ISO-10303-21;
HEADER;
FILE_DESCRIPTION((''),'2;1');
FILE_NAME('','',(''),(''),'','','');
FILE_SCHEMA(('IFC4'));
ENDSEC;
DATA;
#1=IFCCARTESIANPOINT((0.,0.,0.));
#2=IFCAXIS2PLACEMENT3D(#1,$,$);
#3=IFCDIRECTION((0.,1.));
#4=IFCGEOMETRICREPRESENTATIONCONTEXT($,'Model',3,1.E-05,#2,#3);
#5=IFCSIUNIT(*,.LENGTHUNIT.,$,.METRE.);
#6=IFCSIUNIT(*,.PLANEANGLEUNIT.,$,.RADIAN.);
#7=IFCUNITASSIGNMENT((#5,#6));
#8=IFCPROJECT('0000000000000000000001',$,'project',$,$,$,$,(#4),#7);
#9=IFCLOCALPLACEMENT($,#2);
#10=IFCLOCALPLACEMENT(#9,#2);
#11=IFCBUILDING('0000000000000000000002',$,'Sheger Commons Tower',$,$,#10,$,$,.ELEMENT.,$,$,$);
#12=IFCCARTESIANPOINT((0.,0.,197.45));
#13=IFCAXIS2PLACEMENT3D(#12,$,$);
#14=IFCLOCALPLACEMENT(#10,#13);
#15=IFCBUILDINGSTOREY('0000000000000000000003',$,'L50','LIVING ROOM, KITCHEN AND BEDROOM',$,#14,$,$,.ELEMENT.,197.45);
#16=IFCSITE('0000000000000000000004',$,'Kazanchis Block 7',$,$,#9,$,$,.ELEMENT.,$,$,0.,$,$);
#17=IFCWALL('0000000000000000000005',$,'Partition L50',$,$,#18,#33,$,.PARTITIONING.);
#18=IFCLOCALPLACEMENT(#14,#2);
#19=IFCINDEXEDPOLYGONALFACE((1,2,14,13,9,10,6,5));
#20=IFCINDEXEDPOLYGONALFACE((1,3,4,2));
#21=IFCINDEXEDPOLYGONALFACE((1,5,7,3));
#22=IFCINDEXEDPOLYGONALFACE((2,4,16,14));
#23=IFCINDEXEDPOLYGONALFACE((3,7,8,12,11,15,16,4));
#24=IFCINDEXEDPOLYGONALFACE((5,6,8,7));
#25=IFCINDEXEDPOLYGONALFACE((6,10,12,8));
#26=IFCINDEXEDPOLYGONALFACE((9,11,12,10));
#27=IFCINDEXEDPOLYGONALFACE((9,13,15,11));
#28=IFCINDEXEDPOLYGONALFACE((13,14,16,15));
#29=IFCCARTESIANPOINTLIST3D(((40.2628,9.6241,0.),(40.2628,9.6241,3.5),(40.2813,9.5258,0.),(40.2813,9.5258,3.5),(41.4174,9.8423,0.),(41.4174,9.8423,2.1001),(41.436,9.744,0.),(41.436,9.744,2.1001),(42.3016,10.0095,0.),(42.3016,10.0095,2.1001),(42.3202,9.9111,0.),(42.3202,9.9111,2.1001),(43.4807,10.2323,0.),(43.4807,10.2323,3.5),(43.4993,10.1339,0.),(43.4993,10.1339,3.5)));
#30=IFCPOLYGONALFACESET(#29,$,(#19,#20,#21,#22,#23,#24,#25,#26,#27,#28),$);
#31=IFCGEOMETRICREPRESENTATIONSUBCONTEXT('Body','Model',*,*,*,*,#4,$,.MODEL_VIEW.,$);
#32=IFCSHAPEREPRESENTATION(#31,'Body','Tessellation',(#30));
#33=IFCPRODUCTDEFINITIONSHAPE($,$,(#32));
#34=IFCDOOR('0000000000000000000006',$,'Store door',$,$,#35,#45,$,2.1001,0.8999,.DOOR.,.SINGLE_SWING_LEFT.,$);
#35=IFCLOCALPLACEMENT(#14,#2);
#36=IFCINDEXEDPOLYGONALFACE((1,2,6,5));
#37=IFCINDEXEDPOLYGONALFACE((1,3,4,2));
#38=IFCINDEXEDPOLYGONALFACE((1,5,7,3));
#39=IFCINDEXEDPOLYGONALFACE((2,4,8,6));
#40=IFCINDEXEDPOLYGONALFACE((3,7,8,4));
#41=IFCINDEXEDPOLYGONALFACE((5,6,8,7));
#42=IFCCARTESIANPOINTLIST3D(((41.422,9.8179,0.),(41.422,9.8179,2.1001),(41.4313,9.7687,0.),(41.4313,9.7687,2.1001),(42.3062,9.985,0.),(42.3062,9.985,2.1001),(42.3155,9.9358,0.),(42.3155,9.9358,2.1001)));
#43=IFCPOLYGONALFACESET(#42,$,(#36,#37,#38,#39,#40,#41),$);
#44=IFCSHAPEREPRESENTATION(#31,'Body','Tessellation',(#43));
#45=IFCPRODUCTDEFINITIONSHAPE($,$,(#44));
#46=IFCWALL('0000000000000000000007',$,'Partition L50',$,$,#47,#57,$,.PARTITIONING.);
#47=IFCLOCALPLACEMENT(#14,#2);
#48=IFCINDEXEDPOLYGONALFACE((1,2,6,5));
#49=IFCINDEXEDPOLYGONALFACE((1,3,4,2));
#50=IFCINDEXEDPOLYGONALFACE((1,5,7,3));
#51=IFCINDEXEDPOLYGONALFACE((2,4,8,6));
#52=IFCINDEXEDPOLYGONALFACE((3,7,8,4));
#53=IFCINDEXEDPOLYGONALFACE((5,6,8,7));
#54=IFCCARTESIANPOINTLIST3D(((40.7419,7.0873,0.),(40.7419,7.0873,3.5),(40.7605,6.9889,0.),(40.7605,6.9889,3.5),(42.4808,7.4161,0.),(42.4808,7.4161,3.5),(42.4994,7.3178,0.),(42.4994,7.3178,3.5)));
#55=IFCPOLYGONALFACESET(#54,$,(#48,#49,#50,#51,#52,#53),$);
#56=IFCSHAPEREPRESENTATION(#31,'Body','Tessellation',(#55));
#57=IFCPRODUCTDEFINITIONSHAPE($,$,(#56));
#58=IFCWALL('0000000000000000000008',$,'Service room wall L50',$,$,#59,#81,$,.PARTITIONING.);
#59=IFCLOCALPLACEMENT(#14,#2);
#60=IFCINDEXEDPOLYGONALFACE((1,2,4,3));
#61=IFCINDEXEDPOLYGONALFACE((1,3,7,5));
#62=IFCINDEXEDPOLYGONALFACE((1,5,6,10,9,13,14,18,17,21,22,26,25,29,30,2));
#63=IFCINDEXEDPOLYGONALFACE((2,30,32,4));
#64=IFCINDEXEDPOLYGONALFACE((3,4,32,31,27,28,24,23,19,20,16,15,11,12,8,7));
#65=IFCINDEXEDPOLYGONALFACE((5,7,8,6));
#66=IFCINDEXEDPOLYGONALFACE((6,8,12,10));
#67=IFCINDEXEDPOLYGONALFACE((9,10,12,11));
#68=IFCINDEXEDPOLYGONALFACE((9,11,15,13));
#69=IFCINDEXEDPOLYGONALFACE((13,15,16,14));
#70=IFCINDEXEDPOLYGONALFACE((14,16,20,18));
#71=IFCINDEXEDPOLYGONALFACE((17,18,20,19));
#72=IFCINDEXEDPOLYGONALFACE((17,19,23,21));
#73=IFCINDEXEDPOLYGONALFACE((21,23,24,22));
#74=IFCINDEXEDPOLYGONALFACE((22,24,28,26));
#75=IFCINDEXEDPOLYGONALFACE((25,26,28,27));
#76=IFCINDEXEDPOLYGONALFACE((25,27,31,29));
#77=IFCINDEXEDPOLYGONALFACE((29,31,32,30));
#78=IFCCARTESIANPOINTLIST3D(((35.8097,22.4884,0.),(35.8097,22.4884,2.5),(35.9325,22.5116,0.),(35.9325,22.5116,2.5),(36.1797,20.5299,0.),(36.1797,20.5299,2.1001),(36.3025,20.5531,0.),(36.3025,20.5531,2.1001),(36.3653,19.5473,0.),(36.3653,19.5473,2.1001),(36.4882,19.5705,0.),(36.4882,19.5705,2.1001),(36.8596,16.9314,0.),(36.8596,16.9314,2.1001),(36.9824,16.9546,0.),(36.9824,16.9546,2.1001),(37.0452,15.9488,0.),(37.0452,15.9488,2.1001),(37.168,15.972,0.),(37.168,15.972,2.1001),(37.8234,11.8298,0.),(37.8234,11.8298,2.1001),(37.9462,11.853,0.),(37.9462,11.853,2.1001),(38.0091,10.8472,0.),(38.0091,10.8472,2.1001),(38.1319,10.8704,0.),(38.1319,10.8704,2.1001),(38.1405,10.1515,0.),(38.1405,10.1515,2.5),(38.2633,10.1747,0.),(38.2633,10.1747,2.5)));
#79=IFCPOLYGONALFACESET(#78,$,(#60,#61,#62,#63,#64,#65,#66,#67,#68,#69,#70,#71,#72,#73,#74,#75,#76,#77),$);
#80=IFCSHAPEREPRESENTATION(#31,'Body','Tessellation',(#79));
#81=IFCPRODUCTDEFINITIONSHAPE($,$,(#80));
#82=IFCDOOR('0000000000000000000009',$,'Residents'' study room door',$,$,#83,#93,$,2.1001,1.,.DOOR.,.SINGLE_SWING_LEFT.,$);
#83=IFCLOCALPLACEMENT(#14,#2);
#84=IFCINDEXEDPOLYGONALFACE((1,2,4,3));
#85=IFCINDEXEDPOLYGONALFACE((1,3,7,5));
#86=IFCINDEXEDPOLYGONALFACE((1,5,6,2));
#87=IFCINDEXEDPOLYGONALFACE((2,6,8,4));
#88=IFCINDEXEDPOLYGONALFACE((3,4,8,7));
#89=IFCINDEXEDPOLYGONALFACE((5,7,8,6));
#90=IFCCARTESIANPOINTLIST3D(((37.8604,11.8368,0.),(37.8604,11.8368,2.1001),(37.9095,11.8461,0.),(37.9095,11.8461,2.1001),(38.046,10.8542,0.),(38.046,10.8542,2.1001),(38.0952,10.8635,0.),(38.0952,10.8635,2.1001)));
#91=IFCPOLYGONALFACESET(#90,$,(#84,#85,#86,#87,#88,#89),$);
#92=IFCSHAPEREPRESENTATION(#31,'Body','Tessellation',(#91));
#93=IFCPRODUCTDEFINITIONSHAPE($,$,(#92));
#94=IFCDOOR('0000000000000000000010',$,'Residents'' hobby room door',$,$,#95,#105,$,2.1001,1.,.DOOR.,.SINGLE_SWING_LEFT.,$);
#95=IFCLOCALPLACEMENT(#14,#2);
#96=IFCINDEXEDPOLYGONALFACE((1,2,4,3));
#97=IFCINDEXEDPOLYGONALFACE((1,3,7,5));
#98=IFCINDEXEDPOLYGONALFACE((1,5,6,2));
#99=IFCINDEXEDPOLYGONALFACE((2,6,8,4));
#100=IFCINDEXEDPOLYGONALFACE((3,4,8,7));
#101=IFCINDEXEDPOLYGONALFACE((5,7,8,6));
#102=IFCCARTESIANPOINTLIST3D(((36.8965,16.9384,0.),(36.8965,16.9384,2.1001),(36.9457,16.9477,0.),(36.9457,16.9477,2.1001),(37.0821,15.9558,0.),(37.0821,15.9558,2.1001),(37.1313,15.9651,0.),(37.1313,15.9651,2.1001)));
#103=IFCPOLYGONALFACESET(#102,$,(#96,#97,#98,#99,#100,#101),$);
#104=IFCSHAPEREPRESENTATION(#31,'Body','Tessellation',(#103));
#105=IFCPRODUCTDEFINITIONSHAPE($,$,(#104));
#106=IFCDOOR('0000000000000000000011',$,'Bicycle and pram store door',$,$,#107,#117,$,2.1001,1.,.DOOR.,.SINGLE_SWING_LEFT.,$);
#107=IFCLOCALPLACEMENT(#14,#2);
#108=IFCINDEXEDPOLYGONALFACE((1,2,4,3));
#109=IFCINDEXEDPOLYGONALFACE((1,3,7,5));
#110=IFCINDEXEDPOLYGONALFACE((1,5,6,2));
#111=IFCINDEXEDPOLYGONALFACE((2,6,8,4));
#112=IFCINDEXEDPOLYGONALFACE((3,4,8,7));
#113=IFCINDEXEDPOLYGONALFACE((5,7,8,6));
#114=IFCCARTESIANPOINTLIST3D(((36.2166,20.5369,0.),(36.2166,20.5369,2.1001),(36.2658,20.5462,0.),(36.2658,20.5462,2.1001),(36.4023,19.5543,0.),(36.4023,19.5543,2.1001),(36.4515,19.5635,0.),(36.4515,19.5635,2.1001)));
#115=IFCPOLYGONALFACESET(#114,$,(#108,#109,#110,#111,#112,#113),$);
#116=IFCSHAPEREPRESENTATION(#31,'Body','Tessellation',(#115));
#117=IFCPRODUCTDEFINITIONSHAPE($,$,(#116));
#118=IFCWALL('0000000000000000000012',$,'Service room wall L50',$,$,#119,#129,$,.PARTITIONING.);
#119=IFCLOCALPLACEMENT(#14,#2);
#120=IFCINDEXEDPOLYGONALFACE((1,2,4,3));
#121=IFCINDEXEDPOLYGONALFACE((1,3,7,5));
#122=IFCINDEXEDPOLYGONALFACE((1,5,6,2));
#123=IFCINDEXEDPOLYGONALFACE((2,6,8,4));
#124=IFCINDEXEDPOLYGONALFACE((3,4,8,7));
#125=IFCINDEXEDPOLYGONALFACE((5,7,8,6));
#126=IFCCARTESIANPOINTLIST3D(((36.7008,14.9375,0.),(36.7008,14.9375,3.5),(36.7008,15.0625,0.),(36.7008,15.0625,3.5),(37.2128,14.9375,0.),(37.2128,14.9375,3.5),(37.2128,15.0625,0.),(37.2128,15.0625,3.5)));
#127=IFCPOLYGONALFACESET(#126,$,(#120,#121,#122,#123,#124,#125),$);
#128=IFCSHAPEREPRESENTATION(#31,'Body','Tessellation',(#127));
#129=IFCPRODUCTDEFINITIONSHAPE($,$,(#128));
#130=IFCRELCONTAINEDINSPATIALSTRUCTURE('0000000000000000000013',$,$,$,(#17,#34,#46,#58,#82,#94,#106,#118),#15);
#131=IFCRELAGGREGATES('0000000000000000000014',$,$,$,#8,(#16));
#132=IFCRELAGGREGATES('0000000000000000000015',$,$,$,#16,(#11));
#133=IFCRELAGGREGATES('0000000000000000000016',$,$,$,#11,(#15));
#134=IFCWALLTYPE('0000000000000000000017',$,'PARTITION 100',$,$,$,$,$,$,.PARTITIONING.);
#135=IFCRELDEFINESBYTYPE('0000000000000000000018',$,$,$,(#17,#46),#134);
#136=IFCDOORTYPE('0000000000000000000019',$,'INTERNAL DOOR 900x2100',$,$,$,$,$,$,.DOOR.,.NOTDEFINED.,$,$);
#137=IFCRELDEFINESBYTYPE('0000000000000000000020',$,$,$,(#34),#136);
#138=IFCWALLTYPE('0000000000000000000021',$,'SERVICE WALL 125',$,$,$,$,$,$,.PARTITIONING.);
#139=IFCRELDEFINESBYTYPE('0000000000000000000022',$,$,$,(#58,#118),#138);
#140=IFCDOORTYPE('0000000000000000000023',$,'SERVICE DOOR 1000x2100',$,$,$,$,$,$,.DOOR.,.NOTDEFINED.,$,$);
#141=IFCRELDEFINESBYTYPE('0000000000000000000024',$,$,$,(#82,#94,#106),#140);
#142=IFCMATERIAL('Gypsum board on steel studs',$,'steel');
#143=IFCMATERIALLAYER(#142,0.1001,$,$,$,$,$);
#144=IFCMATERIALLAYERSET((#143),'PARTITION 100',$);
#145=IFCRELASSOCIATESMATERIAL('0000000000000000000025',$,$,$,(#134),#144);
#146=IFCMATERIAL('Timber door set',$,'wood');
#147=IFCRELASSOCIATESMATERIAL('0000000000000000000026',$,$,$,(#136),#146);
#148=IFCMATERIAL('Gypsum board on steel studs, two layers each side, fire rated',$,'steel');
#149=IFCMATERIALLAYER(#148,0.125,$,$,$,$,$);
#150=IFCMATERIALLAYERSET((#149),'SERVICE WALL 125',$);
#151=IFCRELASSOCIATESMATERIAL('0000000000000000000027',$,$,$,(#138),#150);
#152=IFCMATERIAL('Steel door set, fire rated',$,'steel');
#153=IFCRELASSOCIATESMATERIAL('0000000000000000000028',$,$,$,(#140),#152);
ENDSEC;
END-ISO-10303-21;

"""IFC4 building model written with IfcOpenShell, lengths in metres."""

from ifc_helpers import new_model, si_unit, direction, frame, frame_2d, origin, place, context, subcontext, project, spatial, rectangle, extrude, material, layer, layer_set, type_object, element, fill, save


model = new_model("IFC4")

# Units and contexts
model_context = context("Model", 3, precision=1e-05, world=origin(), true_north=direction((0.0, 1.0)))
body_context = subcontext(model_context, "Body", "Model", "MODEL_VIEW")
ifc_project = project(units=[si_unit("LENGTHUNIT", "METRE"), si_unit("PLANEANGLEUNIT", "RADIAN")], contexts=[model_context])

# Site, building, storey
site_placement = place(None, origin())
site = spatial("IfcSite", under=ifc_project, at=site_placement, Name="Kazanchis Block 7", CompositionType="ELEMENT", RefElevation=0.0)
building_placement = place(site_placement, origin())
building = spatial("IfcBuilding", under=site, at=building_placement, Name="Sheger Commons Tower", CompositionType="ELEMENT")
storey_placement = place(building_placement, frame((0.0, 0.0, 197.45)))
storey = spatial("IfcBuildingStorey", under=building, at=storey_placement, Name="L50", Description="LIVING ROOM, KITCHEN AND BEDROOM", CompositionType="ELEMENT", Elevation=197.45)

# Shared definitions
ifc_material_1 = material(Name="Gypsum board on steel studs", Category="steel")
ifc_layer_1 = layer(ifc_material_1, 0.1001)
ifc_layer_set_1 = layer_set([ifc_layer_1], Name="PARTITION 100")
wall_type_1 = type_object("IfcWallType", Name="PARTITION 100", PredefinedType="PARTITIONING", material=ifc_layer_set_1)
ifc_material_2 = material(Name="Timber door set", Category="wood")
door_type_1 = type_object("IfcDoorType", Name="INTERNAL DOOR 900x2100", OperationType="NOTDEFINED", PredefinedType="DOOR", material=ifc_material_2)

# Wall, opening, door
wall_1_placement = place(storey_placement, frame((43.49, 10.1831, 0.0), z_axis=(0.0, 0.0, 1.0), x_axis=(-0.982607, -0.185697, 0.0)))
wall_1 = element("IfcWall", 1, at=wall_1_placement, inside=storey, type_object=wall_type_1, Name="Partition L50", PredefinedType="PARTITIONING", context=body_context, shape_type="SweptSolid", body=[
    extrude(rectangle(XDim=3.2749, YDim=0.1001, at=frame_2d((1.6375, 0.0))), origin(), (0.0, 0.0, 1.0), 3.5),
])
opening_1_placement = place(wall_1_placement, frame((1.2, 0.0, 0.0)))
opening_1 = element("IfcOpeningElement", 2, at=opening_1_placement, cuts=wall_1, PredefinedType="OPENING", context=body_context, shape_type="SweptSolid", body=[
    extrude(rectangle(XDim=0.8999, YDim=2.1001, at=frame_2d((0.45, 1.05))), frame((0.0, 0.0601, 0.0), z_axis=(0.0, -1.0, 0.0), x_axis=(1.0, 0.0, 0.0)), (0.0, 0.0, 1.0), 0.1201),
])
door_1_placement = place(opening_1_placement, origin())
door_1 = element("IfcDoor", 3, at=door_1_placement, inside=storey, type_object=door_type_1, Name="Store door", OperationType="SINGLE_SWING_LEFT", OverallHeight=2.1001, OverallWidth=0.8999, PredefinedType="DOOR", context=body_context, shape_type="SweptSolid", body=[
    extrude(rectangle(XDim=0.8999, YDim=2.1001, at=frame_2d((0.45, 1.05))), frame((0.0, 0.0249, 0.0), z_axis=(0.0, -1.0, 0.0), x_axis=(1.0, 0.0, 0.0)), (0.0, 0.0, 1.0), 0.05),
])
fill(opening_1, door_1)

# Wall
wall_2_placement = place(storey_placement, frame((42.49, 7.3669, 0.0), z_axis=(0.0, 0.0, 1.0), x_axis=(-0.982585, -0.185812, 0.0)))
element("IfcWall", 4, at=wall_2_placement, inside=storey, type_object=wall_type_1, Name="Partition L50", PredefinedType="PARTITIONING", context=body_context, shape_type="SweptSolid", body=[
    extrude(rectangle(XDim=1.7698, YDim=0.1001, at=frame_2d((0.8848, 0.0))), origin(), (0.0, 0.0, 1.0), 3.5),
])

# Wall, openings, doors
ifc_material_3 = material(Name="Gypsum board on steel studs, two layers each side, fire rated", Category="steel")
ifc_layer_2 = layer(ifc_material_3, 0.125)
ifc_layer_set_2 = layer_set([ifc_layer_2], Name="SERVICE WALL 125")
wall_type_2 = type_object("IfcWallType", Name="SERVICE WALL 125", PredefinedType="PARTITIONING", material=ifc_layer_set_2)
wall_3_placement = place(storey_placement, frame((38.2019, 10.1631, 0.0), z_axis=(0.0, 0.0, 1.0), x_axis=(-0.185646, 0.982617, 0.0)))
wall_3 = element("IfcWall", 5, at=wall_3_placement, inside=storey, type_object=wall_type_2, Name="Service room wall L50", PredefinedType="PARTITIONING", context=body_context, shape_type="SweptSolid", body=[
    extrude(rectangle(XDim=12.5552, YDim=0.125, at=frame_2d((6.2776, 0.0))), origin(), (0.0, 0.0, 1.0), 2.5),
])
opening_2_placement = place(wall_3_placement, frame((0.708, 0.0, 0.0)))
opening_2 = element("IfcOpeningElement", 6, at=opening_2_placement, cuts=wall_3, PredefinedType="OPENING", context=body_context, shape_type="SweptSolid", body=[
    extrude(rectangle(XDim=1.0, YDim=2.1001, at=frame_2d((0.5, 1.05))), frame((0.0, 0.0725, 0.0), z_axis=(0.0, -1.0, 0.0), x_axis=(1.0, 0.0, 0.0)), (0.0, 0.0, 1.0), 0.145),
])
opening_3_placement = place(wall_3_placement, frame((5.8999, 0.0, 0.0)))
opening_3 = element("IfcOpeningElement", 7, at=opening_3_placement, cuts=wall_3, PredefinedType="OPENING", context=body_context, shape_type="SweptSolid", body=[
    extrude(rectangle(XDim=1.0, YDim=2.1001, at=frame_2d((0.5, 1.05))), frame((0.0, 0.0725, 0.0), z_axis=(0.0, -1.0, 0.0), x_axis=(1.0, 0.0, 0.0)), (0.0, 0.0, 1.0), 0.145),
])
opening_4_placement = place(wall_3_placement, frame((9.562, 0.0, 0.0)))
opening_4 = element("IfcOpeningElement", 8, at=opening_4_placement, cuts=wall_3, PredefinedType="OPENING", context=body_context, shape_type="SweptSolid", body=[
    extrude(rectangle(XDim=1.0, YDim=2.1001, at=frame_2d((0.5, 1.05))), frame((0.0, 0.0725, 0.0), z_axis=(0.0, -1.0, 0.0), x_axis=(1.0, 0.0, 0.0)), (0.0, 0.0, 1.0), 0.145),
])
ifc_material_4 = material(Name="Steel door set, fire rated", Category="steel")
door_type_2 = type_object("IfcDoorType", Name="SERVICE DOOR 1000x2100", OperationType="NOTDEFINED", PredefinedType="DOOR", material=ifc_material_4)
door_2_placement = place(opening_2_placement, origin())
door_2 = element("IfcDoor", 9, at=door_2_placement, inside=storey, type_object=door_type_2, Name="Residents' study room door", OperationType="SINGLE_SWING_LEFT", OverallHeight=2.1001, OverallWidth=1.0, PredefinedType="DOOR", context=body_context, shape_type="SweptSolid", body=[
    extrude(rectangle(XDim=1.0, YDim=2.1001, at=frame_2d((0.5, 1.05))), frame((0.0, 0.0249, 0.0), z_axis=(0.0, -1.0, 0.0), x_axis=(1.0, 0.0, 0.0)), (0.0, 0.0, 1.0), 0.05),
])
fill(opening_2, door_2)
door_3_placement = place(opening_3_placement, origin())
door_3 = element("IfcDoor", 10, at=door_3_placement, inside=storey, type_object=door_type_2, Name="Residents' hobby room door", OperationType="SINGLE_SWING_LEFT", OverallHeight=2.1001, OverallWidth=1.0, PredefinedType="DOOR", context=body_context, shape_type="SweptSolid", body=[
    extrude(rectangle(XDim=1.0, YDim=2.1001, at=frame_2d((0.5, 1.05))), frame((0.0, 0.0249, 0.0), z_axis=(0.0, -1.0, 0.0), x_axis=(1.0, 0.0, 0.0)), (0.0, 0.0, 1.0), 0.05),
])
fill(opening_3, door_3)
door_4_placement = place(opening_4_placement, origin())
door_4 = element("IfcDoor", 11, at=door_4_placement, inside=storey, type_object=door_type_2, Name="Bicycle and pram store door", OperationType="SINGLE_SWING_LEFT", OverallHeight=2.1001, OverallWidth=1.0, PredefinedType="DOOR", context=body_context, shape_type="SweptSolid", body=[
    extrude(rectangle(XDim=1.0, YDim=2.1001, at=frame_2d((0.5, 1.05))), frame((0.0, 0.0249, 0.0), z_axis=(0.0, -1.0, 0.0), x_axis=(1.0, 0.0, 0.0)), (0.0, 0.0, 1.0), 0.05),
])
fill(opening_4, door_4)

# Wall
wall_4_placement = place(storey_placement, frame((36.7009, 15.0, 0.0), z_axis=(0.0, 0.0, 1.0), x_axis=(1.0, 0.0, 0.0)))
element("IfcWall", 12, at=wall_4_placement, inside=storey, type_object=wall_type_2, Name="Service room wall L50", PredefinedType="PARTITIONING", context=body_context, shape_type="SweptSolid", body=[
    extrude(rectangle(XDim=0.512, YDim=0.125, at=frame_2d((0.2559, 0.0))), origin(), (0.0, 0.0, 1.0), 3.5),
])

save(model, "model.ifc")
